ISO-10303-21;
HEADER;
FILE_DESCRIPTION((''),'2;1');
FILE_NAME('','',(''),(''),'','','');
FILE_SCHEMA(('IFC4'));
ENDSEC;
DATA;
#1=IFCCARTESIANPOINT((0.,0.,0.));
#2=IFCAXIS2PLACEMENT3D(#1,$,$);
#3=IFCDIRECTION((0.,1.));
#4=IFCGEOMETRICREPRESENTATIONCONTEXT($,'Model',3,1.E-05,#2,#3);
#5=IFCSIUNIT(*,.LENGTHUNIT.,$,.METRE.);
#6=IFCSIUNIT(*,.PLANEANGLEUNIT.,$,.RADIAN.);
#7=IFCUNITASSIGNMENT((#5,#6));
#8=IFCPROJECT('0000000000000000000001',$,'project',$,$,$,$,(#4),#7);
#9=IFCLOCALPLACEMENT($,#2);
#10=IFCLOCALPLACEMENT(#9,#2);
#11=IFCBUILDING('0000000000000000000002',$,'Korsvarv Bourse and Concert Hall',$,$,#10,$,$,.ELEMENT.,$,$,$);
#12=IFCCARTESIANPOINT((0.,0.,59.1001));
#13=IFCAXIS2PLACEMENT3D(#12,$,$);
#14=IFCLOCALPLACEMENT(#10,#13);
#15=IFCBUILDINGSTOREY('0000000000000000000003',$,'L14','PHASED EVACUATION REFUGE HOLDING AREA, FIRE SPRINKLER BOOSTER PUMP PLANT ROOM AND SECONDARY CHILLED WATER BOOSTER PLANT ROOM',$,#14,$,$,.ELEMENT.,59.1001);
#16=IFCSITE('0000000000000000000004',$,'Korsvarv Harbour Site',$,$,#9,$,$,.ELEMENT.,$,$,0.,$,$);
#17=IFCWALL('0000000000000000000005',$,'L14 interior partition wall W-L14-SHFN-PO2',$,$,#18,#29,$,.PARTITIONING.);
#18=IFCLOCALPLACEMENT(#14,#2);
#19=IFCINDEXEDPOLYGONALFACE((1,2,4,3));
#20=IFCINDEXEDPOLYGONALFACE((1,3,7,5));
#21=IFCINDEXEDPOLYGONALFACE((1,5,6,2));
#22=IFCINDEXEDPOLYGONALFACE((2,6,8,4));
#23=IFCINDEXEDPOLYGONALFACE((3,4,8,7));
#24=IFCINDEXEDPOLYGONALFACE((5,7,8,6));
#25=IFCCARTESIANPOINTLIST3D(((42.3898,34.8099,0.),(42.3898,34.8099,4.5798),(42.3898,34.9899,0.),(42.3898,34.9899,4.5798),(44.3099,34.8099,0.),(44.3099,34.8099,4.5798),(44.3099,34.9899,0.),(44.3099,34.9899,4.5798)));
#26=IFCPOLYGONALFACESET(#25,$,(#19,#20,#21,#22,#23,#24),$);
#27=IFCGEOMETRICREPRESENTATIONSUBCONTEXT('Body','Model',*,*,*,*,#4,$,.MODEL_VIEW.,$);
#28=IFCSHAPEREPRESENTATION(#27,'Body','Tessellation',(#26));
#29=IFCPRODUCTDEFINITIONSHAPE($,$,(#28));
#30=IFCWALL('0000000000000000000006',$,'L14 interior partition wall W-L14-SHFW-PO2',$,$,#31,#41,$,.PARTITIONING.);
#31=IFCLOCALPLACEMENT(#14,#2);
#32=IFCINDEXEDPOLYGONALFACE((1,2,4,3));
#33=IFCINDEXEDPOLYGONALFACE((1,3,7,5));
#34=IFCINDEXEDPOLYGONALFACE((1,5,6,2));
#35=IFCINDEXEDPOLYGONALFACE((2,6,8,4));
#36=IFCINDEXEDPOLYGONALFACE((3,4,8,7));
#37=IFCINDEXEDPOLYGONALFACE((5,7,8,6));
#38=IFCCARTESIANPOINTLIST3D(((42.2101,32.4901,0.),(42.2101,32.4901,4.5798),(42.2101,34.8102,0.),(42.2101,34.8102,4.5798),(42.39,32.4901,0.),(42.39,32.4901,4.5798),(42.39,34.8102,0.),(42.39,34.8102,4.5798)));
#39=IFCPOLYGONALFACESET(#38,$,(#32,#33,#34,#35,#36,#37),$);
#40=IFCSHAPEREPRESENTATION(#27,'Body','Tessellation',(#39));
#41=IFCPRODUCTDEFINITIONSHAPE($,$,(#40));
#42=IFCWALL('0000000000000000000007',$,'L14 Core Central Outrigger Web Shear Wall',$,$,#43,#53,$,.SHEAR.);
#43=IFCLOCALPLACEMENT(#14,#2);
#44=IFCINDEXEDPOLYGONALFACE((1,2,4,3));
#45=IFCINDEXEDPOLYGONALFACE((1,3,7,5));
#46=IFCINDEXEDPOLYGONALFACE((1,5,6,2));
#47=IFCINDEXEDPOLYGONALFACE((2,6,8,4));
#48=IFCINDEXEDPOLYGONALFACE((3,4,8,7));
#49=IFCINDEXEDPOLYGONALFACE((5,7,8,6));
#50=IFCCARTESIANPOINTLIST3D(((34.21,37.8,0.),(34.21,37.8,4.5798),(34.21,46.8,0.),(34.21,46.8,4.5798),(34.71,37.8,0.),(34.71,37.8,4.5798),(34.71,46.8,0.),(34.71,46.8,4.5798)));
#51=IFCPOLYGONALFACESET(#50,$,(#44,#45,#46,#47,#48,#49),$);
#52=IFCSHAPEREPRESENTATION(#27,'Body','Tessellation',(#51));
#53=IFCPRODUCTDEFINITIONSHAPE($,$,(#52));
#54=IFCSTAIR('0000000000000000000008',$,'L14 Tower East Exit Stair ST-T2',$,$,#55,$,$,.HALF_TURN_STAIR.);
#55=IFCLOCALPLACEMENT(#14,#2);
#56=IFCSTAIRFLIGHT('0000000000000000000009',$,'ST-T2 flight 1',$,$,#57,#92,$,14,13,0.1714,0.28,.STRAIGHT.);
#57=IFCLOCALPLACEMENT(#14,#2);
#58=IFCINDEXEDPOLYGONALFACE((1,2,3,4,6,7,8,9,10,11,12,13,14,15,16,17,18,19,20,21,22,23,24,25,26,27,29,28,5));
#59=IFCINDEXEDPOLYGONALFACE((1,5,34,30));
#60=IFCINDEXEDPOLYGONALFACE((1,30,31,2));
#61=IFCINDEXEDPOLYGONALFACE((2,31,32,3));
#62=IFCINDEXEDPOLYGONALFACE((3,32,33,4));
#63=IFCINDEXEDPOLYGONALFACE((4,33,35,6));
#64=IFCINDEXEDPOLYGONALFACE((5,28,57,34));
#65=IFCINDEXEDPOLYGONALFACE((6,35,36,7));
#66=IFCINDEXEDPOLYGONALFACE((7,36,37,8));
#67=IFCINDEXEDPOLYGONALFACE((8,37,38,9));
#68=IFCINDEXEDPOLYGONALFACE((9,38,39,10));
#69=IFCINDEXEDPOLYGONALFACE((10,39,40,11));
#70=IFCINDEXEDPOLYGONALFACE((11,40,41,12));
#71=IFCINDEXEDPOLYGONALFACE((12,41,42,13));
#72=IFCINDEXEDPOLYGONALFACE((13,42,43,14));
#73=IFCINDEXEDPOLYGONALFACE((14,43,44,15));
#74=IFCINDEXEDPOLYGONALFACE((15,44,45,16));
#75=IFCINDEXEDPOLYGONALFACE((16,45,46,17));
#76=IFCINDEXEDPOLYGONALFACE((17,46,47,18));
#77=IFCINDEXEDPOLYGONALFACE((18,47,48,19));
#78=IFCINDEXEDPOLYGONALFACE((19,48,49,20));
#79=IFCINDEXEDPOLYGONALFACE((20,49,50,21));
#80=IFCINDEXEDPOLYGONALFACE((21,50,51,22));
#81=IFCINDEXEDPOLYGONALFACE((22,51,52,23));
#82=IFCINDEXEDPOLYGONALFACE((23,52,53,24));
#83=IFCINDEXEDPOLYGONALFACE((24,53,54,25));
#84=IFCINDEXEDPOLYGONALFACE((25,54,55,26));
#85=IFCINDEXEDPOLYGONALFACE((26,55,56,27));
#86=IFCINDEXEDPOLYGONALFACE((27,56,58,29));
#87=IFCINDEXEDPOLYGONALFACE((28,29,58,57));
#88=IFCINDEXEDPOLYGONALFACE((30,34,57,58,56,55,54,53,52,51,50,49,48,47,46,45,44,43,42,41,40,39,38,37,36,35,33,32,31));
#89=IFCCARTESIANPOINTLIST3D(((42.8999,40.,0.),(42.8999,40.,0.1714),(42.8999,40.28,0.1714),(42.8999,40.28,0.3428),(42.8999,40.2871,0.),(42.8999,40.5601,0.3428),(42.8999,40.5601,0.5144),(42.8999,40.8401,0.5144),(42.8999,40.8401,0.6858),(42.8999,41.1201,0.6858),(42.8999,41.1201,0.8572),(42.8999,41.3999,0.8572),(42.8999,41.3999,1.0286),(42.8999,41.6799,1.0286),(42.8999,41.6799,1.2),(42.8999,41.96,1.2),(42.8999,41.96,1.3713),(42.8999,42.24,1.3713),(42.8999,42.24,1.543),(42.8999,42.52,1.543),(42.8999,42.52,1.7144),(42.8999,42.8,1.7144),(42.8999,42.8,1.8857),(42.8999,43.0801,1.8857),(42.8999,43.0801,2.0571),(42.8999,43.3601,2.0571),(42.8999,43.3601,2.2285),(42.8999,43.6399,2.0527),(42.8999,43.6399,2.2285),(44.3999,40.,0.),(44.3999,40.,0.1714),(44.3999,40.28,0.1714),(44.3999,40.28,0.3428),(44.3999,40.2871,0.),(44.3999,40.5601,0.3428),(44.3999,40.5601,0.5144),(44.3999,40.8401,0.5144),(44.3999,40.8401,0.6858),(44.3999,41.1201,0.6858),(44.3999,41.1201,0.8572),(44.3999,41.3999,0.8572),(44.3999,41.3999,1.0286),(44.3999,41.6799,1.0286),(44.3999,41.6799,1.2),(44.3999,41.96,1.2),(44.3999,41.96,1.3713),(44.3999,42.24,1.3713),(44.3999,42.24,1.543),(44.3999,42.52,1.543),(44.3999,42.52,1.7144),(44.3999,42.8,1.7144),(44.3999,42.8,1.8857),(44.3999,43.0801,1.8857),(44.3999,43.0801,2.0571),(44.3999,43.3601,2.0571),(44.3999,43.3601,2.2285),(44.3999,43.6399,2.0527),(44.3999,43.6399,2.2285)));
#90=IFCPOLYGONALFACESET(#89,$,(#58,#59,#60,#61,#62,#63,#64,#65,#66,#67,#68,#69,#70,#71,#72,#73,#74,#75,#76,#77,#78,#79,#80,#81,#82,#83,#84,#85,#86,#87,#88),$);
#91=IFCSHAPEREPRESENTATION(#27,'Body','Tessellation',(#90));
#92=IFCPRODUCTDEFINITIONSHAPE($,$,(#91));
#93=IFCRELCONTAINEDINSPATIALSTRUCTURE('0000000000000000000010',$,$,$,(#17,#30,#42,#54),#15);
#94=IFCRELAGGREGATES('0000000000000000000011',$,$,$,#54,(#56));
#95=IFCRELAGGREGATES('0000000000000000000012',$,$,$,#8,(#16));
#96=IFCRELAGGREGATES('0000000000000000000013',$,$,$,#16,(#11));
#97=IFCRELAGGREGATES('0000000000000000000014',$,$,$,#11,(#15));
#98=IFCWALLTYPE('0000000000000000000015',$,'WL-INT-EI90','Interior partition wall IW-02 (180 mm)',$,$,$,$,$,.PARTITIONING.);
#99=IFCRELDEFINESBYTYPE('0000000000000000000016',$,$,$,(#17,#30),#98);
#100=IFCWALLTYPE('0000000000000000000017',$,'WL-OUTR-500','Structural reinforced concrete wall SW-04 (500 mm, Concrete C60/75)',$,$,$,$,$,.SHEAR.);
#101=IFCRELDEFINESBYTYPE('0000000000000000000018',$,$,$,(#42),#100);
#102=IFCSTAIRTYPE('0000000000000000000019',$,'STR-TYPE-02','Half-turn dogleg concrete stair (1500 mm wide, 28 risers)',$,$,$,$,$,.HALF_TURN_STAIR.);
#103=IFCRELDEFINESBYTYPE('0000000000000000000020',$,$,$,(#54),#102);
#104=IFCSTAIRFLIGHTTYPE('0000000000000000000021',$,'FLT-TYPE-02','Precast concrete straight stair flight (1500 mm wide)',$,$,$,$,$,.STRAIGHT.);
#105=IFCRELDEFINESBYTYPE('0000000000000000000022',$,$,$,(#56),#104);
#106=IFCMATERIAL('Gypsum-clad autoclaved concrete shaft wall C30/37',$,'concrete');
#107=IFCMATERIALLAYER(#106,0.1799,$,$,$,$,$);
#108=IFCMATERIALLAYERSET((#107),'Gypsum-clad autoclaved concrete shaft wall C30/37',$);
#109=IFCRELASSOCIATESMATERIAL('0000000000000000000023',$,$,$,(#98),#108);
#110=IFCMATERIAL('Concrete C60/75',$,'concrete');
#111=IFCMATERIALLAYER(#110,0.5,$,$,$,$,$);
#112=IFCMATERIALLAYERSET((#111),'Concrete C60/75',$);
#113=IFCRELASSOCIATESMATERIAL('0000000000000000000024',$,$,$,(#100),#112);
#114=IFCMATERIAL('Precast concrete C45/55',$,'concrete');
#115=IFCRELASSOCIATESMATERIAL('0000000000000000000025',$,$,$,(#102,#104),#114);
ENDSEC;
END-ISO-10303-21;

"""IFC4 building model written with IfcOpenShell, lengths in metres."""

from ifc_helpers import new_model, si_unit, direction, frame, frame_2d, origin, place, context, subcontext, project, spatial, polyline, rectangle, outline, extrude, material, layer, layer_set, type_object, element, aggregate, save


model = new_model("IFC4")

# Units and contexts
model_context = context("Model", 3, precision=1e-05, world=origin(), true_north=direction((0.0, 1.0)))
body_context = subcontext(model_context, "Body", "Model", "MODEL_VIEW")
ifc_project = project(units=[si_unit("LENGTHUNIT", "METRE"), si_unit("PLANEANGLEUNIT", "RADIAN")], contexts=[model_context])

# Site, building, storey
site_placement = place(None, origin())
site = spatial("IfcSite", under=ifc_project, at=site_placement, Name="Korsvarv Harbour Site", CompositionType="ELEMENT", RefElevation=0.0)
building_placement = place(site_placement, origin())
building = spatial("IfcBuilding", under=site, at=building_placement, Name="Korsvarv Bourse and Concert Hall", CompositionType="ELEMENT")
storey_placement = place(building_placement, frame((0.0, 0.0, 59.1001)))
storey = spatial("IfcBuildingStorey", under=building, at=storey_placement, Name="L14", Description="PHASED EVACUATION REFUGE HOLDING AREA, FIRE SPRINKLER BOOSTER PUMP PLANT ROOM AND SECONDARY CHILLED WATER BOOSTER PLANT ROOM", CompositionType="ELEMENT", Elevation=59.1001)

# Walls
ifc_material_1 = material(Name="Gypsum-clad autoclaved concrete shaft wall C30/37", Category="concrete")
ifc_layer_1 = layer(ifc_material_1, 0.1799)
ifc_layer_set_1 = layer_set([ifc_layer_1], Name="Gypsum-clad autoclaved concrete shaft wall C30/37")
wall_type_1 = type_object("IfcWallType", Name="WL-INT-EI90", Description="Interior partition wall IW-02 (180 mm)", PredefinedType="PARTITIONING", material=ifc_layer_set_1)
wall_1_placement = place(storey_placement, frame((42.3899, 34.8999, 0.0), z_axis=(0.0, 0.0, 1.0), x_axis=(1.0, 0.0, 0.0)))
element("IfcWall", 1, at=wall_1_placement, inside=storey, type_object=wall_type_1, Name="L14 interior partition wall W-L14-SHFN-PO2", PredefinedType="PARTITIONING", context=body_context, shape_type="SweptSolid", body=[
    extrude(rectangle(XDim=1.9202, YDim=0.1799, at=frame_2d((0.96, 0.0))), origin(), (0.0, 0.0, 1.0), 4.5798),
])
wall_2_placement = place(storey_placement, frame((42.3, 32.49, 0.0), z_axis=(0.0, 0.0, 1.0), x_axis=(0.0, 1.0, 0.0)))
element("IfcWall", 2, at=wall_2_placement, inside=storey, type_object=wall_type_1, Name="L14 interior partition wall W-L14-SHFW-PO2", PredefinedType="PARTITIONING", context=body_context, shape_type="SweptSolid", body=[
    extrude(rectangle(XDim=2.3201, YDim=0.1799, at=frame_2d((1.1602, 0.0))), origin(), (0.0, 0.0, 1.0), 4.5798),
])
ifc_material_2 = material(Name="Concrete C60/75", Category="concrete")
ifc_layer_2 = layer(ifc_material_2, 0.5)
ifc_layer_set_2 = layer_set([ifc_layer_2], Name="Concrete C60/75")
wall_type_2 = type_object("IfcWallType", Name="WL-OUTR-500", Description="Structural reinforced concrete wall SW-04 (500 mm, Concrete C60/75)", PredefinedType="SHEAR", material=ifc_layer_set_2)
wall_3_placement = place(storey_placement, frame((34.46, 37.8, 0.0), z_axis=(0.0, 0.0, 1.0), x_axis=(0.0, 1.0, 0.0)))
element("IfcWall", 3, at=wall_3_placement, inside=storey, type_object=wall_type_2, Name="L14 Core Central Outrigger Web Shear Wall", PredefinedType="SHEAR", context=body_context, shape_type="SweptSolid", body=[
    extrude(rectangle(XDim=9.0, YDim=0.5, at=frame_2d((4.5, 0.0))), origin(), (0.0, 0.0, 1.0), 4.5798),
])

# Stair, stair flight
ifc_material_3 = material(Name="Precast concrete C45/55", Category="concrete")
stair_type = type_object("IfcStairType", Name="STR-TYPE-02", Description="Half-turn dogleg concrete stair (1500 mm wide, 28 risers)", PredefinedType="HALF_TURN_STAIR", material=ifc_material_3)
stair_placement = place(storey_placement, origin())
stair = element("IfcStair", 4, at=stair_placement, inside=storey, type_object=stair_type, Name="L14 Tower East Exit Stair ST-T2", PredefinedType="HALF_TURN_STAIR")
stair_flight_type = type_object("IfcStairFlightType", Name="FLT-TYPE-02", Description="Precast concrete straight stair flight (1500 mm wide)", PredefinedType="STRAIGHT", material=ifc_material_3)
stair_flight_placement = place(storey_placement, frame((43.6499, 40.0, 0.0), z_axis=(0.0, 0.0, 1.0), x_axis=(0.0, 1.0, 0.0)))
stair_flight = element("IfcStairFlight", 5, at=stair_flight_placement, type_object=stair_flight_type, Name="ST-T2 flight 1", NumberOfRisers=14, NumberOfTreads=13, PredefinedType="STRAIGHT", RiserHeight=0.1714, TreadLength=0.28, context=body_context, shape_type="SweptSolid", body=[
    extrude(outline(polyline([(0.0, 0.0), (0.0, 0.1714), (0.28, 0.1714), (0.28, 0.3428), (0.5601, 0.3428), (0.5601, 0.5144), (0.8401, 0.5144), (0.8401, 0.6858), (1.1201, 0.6858), (1.1201, 0.8572), (1.3999, 0.8572), (1.3999, 1.0286), (1.6799, 1.0286), (1.6799, 1.2), (1.96, 1.2), (1.96, 1.3713), (2.24, 1.3713), (2.24, 1.543), (2.52, 1.543), (2.52, 1.7144), (2.8, 1.7144), (2.8, 1.8857), (3.0801, 1.8857), (3.0801, 2.0571), (3.3601, 2.0571), (3.3601, 2.2285), (3.6399, 2.2285), (3.6399, 2.3999), (3.6399, 2.0527), (0.2871, 0.0), (0.0, 0.0)])), frame((0.0, 0.75, 0.0), z_axis=(0.0, -1.0, 0.0), x_axis=(1.0, 0.0, 0.0)), (0.0, 0.0, 1.0), 1.5),
])
aggregate(stair, [stair_flight])

save(model, "model.ifc")
